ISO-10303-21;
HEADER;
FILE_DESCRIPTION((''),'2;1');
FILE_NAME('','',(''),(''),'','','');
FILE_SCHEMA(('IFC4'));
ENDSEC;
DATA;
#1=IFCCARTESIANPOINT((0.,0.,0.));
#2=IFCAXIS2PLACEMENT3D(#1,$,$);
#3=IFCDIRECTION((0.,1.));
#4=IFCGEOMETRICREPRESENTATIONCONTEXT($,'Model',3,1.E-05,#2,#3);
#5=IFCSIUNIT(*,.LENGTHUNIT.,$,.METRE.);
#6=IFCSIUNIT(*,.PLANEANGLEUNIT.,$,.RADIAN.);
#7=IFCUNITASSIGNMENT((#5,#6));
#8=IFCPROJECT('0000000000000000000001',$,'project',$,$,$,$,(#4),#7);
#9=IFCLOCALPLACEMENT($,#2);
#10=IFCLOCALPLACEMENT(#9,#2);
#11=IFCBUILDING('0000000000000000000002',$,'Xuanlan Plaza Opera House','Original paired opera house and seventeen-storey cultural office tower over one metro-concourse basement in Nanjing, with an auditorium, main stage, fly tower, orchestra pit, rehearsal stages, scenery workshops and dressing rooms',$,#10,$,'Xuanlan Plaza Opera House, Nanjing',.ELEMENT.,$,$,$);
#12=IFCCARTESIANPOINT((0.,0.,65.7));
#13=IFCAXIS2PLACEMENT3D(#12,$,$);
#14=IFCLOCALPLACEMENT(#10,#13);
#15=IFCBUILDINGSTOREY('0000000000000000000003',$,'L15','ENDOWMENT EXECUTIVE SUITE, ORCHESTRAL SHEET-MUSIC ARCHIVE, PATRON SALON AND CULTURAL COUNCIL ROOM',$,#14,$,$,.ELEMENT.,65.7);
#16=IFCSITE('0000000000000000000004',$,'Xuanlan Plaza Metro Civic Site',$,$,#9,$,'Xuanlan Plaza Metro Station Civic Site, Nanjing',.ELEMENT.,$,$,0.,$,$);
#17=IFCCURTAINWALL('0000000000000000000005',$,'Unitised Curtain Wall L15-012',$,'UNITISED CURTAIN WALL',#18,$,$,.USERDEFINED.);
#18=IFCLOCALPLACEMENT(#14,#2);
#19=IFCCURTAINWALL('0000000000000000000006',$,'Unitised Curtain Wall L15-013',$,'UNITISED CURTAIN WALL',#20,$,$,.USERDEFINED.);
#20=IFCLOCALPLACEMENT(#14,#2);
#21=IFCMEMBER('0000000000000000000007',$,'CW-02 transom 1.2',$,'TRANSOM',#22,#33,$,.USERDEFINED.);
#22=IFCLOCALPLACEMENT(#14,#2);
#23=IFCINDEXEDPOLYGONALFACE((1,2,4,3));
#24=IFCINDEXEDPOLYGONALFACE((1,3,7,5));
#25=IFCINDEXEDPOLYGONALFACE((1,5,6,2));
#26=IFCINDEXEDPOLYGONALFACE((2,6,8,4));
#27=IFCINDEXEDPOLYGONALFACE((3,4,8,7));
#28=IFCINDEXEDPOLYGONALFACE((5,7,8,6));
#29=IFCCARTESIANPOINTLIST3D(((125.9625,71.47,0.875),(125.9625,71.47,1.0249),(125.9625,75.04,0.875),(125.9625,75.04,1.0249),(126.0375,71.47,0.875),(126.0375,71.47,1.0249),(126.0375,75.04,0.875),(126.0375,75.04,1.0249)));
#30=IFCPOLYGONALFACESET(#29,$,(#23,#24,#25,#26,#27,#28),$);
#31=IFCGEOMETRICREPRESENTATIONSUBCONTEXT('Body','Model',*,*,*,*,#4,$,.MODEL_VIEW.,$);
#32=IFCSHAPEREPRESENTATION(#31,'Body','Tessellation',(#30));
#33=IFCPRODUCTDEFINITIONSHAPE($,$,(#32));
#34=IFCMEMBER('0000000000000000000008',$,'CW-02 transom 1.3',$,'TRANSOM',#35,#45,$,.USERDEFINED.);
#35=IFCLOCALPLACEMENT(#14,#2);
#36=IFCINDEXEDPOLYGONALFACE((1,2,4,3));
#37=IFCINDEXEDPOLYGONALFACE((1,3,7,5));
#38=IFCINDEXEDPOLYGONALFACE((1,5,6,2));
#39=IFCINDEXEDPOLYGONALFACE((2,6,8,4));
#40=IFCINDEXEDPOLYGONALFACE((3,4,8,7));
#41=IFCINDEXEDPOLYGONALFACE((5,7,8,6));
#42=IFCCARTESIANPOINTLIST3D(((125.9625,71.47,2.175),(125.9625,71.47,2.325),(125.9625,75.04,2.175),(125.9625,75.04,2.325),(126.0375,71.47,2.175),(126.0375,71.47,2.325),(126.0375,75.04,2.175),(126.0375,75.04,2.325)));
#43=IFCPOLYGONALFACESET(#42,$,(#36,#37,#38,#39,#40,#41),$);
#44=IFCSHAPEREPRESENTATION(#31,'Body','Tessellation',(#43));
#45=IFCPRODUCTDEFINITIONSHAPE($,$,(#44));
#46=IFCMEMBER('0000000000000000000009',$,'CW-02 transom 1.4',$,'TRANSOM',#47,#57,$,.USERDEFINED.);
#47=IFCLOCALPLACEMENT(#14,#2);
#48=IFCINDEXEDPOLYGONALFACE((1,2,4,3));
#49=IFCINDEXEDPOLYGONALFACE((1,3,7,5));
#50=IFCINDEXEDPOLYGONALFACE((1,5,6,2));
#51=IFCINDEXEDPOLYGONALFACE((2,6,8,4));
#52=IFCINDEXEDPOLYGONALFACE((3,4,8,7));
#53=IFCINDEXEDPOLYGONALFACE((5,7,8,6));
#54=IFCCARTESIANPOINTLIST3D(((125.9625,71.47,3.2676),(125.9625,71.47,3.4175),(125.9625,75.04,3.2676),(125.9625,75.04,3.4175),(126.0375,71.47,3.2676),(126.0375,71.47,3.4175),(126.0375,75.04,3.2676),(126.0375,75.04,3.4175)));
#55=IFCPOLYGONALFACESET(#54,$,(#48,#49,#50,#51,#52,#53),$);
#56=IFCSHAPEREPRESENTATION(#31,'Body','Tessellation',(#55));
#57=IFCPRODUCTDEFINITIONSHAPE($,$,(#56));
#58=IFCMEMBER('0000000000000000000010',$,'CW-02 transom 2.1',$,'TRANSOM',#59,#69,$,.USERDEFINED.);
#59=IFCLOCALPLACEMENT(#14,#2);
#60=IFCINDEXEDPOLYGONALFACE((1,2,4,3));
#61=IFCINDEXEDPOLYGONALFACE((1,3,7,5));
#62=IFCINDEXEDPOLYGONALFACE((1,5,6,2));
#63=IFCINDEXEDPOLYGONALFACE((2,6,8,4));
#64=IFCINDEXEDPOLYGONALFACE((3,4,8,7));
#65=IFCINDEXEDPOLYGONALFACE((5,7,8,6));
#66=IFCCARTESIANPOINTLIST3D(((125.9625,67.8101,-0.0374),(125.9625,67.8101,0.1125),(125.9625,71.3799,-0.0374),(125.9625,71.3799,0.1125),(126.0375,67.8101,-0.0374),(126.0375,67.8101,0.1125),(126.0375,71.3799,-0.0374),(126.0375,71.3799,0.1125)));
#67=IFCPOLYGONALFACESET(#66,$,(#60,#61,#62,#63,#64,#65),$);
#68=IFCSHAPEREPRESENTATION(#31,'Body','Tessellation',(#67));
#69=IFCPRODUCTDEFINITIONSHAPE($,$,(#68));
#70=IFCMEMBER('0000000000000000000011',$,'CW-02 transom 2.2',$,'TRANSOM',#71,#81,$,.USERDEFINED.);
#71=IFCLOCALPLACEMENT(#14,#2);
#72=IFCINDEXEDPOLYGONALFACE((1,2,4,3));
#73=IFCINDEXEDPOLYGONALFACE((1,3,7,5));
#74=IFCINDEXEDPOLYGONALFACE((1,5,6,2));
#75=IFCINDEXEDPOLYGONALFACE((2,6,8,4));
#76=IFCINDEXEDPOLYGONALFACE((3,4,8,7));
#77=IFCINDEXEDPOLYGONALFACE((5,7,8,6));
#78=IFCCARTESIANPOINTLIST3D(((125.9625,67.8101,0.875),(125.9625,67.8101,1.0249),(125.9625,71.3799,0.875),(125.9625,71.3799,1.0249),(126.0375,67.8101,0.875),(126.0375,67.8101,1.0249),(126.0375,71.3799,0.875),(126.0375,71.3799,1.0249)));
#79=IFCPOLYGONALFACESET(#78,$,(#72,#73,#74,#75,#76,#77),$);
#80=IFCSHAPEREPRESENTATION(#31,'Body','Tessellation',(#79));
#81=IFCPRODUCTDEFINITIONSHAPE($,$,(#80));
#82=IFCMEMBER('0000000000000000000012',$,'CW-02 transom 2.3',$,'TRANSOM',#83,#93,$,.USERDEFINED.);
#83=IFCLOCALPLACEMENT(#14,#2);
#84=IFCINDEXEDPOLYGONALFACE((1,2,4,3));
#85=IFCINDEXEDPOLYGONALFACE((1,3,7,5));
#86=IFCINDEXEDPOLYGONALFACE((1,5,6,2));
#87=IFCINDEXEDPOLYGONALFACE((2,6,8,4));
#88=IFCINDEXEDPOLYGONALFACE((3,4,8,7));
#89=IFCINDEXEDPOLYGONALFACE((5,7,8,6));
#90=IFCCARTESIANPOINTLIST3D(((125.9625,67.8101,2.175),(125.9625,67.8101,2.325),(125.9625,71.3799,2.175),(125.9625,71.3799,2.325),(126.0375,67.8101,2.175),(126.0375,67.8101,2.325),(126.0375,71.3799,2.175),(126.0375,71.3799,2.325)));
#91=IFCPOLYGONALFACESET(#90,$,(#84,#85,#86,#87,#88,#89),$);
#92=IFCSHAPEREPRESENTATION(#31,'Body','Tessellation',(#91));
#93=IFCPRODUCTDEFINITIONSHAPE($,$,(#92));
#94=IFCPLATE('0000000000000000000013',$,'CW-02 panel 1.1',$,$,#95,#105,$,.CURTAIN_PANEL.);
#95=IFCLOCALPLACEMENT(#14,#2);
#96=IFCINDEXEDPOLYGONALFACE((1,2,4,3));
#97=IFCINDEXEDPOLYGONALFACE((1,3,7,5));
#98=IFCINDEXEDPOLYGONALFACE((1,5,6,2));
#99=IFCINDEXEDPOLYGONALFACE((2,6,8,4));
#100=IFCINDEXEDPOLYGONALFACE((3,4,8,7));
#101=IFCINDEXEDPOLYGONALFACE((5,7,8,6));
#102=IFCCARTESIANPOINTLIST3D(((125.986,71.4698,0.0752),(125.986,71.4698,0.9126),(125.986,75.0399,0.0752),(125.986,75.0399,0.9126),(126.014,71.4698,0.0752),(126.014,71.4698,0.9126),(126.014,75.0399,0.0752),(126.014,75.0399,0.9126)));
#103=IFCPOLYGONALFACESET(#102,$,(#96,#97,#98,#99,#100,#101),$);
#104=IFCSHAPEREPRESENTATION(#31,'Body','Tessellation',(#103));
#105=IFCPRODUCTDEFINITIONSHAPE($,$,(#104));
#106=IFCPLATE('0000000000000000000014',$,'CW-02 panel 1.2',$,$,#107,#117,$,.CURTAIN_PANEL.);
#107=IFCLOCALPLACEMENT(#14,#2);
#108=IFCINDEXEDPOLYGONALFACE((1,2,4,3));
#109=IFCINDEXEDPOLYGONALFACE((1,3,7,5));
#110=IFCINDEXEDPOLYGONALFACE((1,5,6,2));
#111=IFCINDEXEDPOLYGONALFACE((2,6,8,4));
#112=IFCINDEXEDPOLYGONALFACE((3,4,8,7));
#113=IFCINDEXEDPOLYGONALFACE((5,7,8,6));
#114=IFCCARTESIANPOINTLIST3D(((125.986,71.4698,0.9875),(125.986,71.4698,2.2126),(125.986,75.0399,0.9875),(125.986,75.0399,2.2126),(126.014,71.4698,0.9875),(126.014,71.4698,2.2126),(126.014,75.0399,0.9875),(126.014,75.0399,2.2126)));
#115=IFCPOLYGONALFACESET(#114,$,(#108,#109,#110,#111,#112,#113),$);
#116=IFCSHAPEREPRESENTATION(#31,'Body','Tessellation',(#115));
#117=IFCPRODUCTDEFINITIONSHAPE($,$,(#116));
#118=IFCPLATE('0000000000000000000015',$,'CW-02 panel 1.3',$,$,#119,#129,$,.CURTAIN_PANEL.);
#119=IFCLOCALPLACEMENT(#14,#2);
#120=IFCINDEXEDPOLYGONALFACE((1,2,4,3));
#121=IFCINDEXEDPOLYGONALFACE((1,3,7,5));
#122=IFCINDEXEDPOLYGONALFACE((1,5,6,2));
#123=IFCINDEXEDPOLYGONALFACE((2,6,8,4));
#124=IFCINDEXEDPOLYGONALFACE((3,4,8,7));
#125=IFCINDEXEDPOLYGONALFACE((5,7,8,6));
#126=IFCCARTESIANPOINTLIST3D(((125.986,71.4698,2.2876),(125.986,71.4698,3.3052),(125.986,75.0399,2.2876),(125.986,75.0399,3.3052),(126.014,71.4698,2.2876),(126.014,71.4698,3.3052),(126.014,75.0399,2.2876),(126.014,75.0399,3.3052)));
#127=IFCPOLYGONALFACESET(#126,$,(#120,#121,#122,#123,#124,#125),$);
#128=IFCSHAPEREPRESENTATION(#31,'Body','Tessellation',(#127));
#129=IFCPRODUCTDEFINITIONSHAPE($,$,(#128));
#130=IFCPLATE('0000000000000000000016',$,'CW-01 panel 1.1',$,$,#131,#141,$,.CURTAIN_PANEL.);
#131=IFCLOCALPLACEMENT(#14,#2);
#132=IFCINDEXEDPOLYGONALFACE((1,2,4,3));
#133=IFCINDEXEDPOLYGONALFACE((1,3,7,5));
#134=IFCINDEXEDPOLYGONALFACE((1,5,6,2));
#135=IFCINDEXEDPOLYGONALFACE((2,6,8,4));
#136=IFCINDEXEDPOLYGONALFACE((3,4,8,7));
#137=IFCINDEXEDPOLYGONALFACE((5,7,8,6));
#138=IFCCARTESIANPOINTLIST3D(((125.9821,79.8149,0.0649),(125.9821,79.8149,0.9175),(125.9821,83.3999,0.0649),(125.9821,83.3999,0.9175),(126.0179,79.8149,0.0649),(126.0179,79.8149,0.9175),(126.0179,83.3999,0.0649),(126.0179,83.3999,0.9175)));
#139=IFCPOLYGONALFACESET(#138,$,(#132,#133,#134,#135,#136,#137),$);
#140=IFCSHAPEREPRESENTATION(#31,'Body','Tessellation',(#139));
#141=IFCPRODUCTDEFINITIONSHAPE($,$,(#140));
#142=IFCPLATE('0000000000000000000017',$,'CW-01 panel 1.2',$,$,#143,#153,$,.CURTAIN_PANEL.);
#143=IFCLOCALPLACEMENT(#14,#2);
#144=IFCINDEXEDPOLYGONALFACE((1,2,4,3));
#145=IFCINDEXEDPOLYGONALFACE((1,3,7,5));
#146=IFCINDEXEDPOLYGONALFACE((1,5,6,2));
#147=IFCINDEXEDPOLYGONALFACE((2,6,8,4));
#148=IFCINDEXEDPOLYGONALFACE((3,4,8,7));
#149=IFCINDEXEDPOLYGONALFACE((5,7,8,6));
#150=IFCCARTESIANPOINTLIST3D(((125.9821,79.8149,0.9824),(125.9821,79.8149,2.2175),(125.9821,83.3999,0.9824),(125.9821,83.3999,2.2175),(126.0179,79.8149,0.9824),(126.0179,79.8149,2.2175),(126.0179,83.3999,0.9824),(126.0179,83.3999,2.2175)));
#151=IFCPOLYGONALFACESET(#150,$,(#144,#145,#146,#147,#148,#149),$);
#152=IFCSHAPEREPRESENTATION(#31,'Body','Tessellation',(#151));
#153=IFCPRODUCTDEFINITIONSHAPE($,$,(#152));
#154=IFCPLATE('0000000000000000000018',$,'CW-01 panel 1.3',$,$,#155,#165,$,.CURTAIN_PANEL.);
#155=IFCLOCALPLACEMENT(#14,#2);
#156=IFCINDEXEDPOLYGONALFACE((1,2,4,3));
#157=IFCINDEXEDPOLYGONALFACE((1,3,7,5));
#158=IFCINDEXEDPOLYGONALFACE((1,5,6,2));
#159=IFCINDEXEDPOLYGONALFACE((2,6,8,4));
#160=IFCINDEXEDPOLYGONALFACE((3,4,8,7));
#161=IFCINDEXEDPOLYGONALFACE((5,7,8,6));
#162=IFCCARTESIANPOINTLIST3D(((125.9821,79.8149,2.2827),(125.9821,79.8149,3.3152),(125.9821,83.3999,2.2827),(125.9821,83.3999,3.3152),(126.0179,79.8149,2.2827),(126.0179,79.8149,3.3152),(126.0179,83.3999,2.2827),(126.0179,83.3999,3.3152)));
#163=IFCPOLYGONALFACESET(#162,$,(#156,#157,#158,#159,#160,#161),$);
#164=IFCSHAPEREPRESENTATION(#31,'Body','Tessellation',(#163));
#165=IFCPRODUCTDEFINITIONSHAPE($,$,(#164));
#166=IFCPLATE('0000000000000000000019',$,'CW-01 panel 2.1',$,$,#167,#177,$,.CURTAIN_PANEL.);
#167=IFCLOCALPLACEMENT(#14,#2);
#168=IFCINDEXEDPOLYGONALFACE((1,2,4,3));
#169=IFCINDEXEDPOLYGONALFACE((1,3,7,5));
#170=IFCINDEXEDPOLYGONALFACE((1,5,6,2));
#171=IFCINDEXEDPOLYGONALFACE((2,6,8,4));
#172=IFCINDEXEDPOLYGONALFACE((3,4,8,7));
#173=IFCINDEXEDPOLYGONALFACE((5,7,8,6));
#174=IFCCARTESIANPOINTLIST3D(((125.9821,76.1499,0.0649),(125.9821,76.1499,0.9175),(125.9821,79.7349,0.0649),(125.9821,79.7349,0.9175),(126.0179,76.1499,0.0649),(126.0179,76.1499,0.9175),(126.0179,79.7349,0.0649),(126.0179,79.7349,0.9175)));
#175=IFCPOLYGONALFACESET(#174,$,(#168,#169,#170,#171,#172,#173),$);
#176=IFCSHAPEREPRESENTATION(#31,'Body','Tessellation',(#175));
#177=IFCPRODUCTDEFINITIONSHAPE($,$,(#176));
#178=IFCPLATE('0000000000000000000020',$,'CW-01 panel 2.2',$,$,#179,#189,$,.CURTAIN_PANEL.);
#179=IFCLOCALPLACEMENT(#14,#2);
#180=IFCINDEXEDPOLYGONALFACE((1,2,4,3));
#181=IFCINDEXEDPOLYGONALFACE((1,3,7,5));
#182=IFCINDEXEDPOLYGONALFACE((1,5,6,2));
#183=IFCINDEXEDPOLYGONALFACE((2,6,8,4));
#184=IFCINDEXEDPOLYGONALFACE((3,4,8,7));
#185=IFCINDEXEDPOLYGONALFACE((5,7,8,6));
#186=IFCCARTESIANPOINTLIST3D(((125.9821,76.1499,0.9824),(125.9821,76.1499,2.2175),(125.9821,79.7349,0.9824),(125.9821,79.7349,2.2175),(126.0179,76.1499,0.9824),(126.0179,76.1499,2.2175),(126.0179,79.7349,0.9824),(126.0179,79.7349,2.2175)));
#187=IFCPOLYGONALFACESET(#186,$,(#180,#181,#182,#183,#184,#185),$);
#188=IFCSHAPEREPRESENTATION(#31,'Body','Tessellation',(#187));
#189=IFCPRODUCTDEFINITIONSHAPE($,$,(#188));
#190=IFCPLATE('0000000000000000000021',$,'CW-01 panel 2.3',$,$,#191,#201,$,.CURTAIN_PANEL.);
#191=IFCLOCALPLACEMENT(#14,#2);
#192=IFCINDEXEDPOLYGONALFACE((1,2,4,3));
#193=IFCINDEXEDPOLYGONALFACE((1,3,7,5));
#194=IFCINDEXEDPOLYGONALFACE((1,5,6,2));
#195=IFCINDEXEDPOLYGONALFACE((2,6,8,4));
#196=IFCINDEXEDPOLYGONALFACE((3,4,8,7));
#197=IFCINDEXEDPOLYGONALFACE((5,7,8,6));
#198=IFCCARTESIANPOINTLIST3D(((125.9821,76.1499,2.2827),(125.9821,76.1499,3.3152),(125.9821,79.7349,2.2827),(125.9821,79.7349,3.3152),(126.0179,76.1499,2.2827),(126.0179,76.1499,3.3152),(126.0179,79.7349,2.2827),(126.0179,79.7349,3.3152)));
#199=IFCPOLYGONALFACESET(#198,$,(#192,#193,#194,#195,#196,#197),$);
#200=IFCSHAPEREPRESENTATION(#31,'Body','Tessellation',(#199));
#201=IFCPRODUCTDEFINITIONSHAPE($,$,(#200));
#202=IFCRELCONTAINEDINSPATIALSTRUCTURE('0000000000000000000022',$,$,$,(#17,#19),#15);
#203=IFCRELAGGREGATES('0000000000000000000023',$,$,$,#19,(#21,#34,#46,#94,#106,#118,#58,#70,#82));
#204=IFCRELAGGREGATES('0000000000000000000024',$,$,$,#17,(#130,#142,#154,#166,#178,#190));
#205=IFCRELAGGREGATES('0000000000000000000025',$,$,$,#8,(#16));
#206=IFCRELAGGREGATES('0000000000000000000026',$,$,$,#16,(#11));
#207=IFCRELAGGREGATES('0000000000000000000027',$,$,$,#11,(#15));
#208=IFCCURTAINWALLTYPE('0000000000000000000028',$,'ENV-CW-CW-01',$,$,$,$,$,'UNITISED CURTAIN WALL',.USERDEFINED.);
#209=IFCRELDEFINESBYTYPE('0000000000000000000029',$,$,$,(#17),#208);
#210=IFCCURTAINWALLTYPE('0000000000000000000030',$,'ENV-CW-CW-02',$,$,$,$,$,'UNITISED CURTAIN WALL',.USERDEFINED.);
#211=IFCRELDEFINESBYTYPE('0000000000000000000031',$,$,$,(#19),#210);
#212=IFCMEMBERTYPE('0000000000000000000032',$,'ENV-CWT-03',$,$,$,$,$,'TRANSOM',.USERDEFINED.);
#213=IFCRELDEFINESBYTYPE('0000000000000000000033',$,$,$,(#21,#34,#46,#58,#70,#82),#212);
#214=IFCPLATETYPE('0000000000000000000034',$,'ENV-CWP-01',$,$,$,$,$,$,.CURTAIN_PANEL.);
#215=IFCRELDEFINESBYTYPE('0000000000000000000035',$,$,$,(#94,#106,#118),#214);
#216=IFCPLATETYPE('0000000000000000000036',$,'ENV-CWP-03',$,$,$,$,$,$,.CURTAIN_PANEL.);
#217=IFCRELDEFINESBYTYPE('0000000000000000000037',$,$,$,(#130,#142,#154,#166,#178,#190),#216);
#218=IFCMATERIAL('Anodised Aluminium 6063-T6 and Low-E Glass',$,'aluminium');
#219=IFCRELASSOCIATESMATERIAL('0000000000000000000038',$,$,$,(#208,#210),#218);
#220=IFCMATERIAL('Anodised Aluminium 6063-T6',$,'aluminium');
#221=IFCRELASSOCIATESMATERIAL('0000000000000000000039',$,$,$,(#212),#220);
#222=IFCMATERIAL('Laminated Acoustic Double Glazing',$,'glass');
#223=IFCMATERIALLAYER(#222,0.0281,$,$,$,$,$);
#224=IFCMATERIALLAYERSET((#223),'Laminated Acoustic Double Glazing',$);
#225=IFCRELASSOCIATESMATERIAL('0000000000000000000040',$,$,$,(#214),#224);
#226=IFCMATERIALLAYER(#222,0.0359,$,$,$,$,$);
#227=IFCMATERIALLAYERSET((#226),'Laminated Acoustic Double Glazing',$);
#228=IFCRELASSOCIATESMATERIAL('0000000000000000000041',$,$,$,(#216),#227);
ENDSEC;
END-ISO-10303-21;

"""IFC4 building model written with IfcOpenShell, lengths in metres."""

from ifc_helpers import new_model, si_unit, direction, frame, origin, origin_2d, place, context, subcontext, project, spatial, rectangle, extrude, material, layer, layer_set, material_profile, profile_set, type_object, element, aggregate, save


model = new_model("IFC4")

# Units and contexts
model_context = context("Model", 3, precision=1e-05, world=origin(), true_north=direction((0.0, 1.0)))
body_context = subcontext(model_context, "Body", "Model", "MODEL_VIEW")
ifc_project = project(units=[si_unit("LENGTHUNIT", "METRE"), si_unit("PLANEANGLEUNIT", "RADIAN")], contexts=[model_context])

# Site, building, storey
site_placement = place(None, origin())
site = spatial("IfcSite", under=ifc_project, at=site_placement, Name="Xuanlan Plaza Metro Civic Site", LongName="Xuanlan Plaza Metro Station Civic Site, Nanjing", CompositionType="ELEMENT", RefElevation=0.0)
building_placement = place(site_placement, origin())
building = spatial("IfcBuilding", under=site, at=building_placement, Name="Xuanlan Plaza Opera House", Description="Original paired opera house and seventeen-storey cultural office tower over one metro-concourse basement in Nanjing, with an auditorium, main stage, fly tower, orchestra pit, rehearsal stages, scenery workshops and dressing rooms", LongName="Xuanlan Plaza Opera House, Nanjing", CompositionType="ELEMENT")
storey_placement = place(building_placement, frame((0.0, 0.0, 65.7)))
storey = spatial("IfcBuildingStorey", under=building, at=storey_placement, Name="L15", Description="ENDOWMENT EXECUTIVE SUITE, ORCHESTRAL SHEET-MUSIC ARCHIVE, PATRON SALON AND CULTURAL COUNCIL ROOM", CompositionType="ELEMENT", Elevation=65.7)

# Curtain walls
ifc_material_1 = material(Name="Anodised Aluminium 6063-T6 and Low-E Glass", Category="aluminium")
curtain_wall_type_1 = type_object("IfcCurtainWallType", Name="ENV-CW-CW-01", ElementType="UNITISED CURTAIN WALL", PredefinedType="USERDEFINED", material=ifc_material_1)
curtain_wall_1_placement = place(storey_placement, origin())
curtain_wall_1 = element("IfcCurtainWall", 1, at=curtain_wall_1_placement, inside=storey, type_object=curtain_wall_type_1, Name="Unitised Curtain Wall L15-012", ObjectType="UNITISED CURTAIN WALL", PredefinedType="USERDEFINED")
ifc_material_2 = material(Name="Anodised Aluminium 6063-T6", Category="aluminium")
curtain_wall_type_2 = type_object("IfcCurtainWallType", Name="ENV-CW-CW-02", ElementType="UNITISED CURTAIN WALL", PredefinedType="USERDEFINED", material=ifc_material_1)
curtain_wall_2_placement = place(storey_placement, origin())
curtain_wall_2 = element("IfcCurtainWall", 2, at=curtain_wall_2_placement, inside=storey, type_object=curtain_wall_type_2, Name="Unitised Curtain Wall L15-013", ObjectType="UNITISED CURTAIN WALL", PredefinedType="USERDEFINED")

# Members
ifc_material_profile_1 = material_profile(ifc_material_2, rectangle(XDim=0.075, YDim=0.1499, at=origin_2d()), Name="ALU-T 75x150")
ifc_profile_set_1 = profile_set([ifc_material_profile_1], Name="Anodised Aluminium 6063-T6")
member_type_1 = type_object("IfcMemberType", Name="ENV-CWT-03", ElementType="TRANSOM", PredefinedType="USERDEFINED", material=ifc_profile_set_1)
member_1_placement = place(storey_placement, frame((126.0, 75.04, 0.95), z_axis=(0.0, -1.0, 0.0), x_axis=(1.0, 0.0, 0.0)))
member_1 = element("IfcMember", 3, at=member_1_placement, type_object=member_type_1, Name="CW-02 transom 1.2", ObjectType="TRANSOM", PredefinedType="USERDEFINED", context=body_context, shape_type="SweptSolid", body=[
    extrude(rectangle(XDim=0.075, YDim=0.1499, at=origin_2d()), origin(), (0.0, 0.0, 1.0), 3.5701),
])
member_2_placement = place(storey_placement, frame((126.0, 75.04, 2.25), z_axis=(0.0, -1.0, 0.0), x_axis=(1.0, 0.0, 0.0)))
member_2 = element("IfcMember", 4, at=member_2_placement, type_object=member_type_1, Name="CW-02 transom 1.3", ObjectType="TRANSOM", PredefinedType="USERDEFINED", context=body_context, shape_type="SweptSolid", body=[
    extrude(rectangle(XDim=0.075, YDim=0.1499, at=origin_2d()), origin(), (0.0, 0.0, 1.0), 3.5701),
])
member_3_placement = place(storey_placement, frame((126.0, 75.04, 3.3425), z_axis=(0.0, -1.0, 0.0), x_axis=(1.0, 0.0, 0.0)))
member_3 = element("IfcMember", 5, at=member_3_placement, type_object=member_type_1, Name="CW-02 transom 1.4", ObjectType="TRANSOM", PredefinedType="USERDEFINED", context=body_context, shape_type="SweptSolid", body=[
    extrude(rectangle(XDim=0.075, YDim=0.1499, at=origin_2d()), origin(), (0.0, 0.0, 1.0), 3.5701),
])
member_4_placement = place(storey_placement, frame((126.0, 71.3799, 0.0376), z_axis=(0.0, -1.0, 0.0), x_axis=(1.0, 0.0, 0.0)))
member_4 = element("IfcMember", 6, at=member_4_placement, type_object=member_type_1, Name="CW-02 transom 2.1", ObjectType="TRANSOM", PredefinedType="USERDEFINED", context=body_context, shape_type="SweptSolid", body=[
    extrude(rectangle(XDim=0.075, YDim=0.1499, at=origin_2d()), origin(), (0.0, 0.0, 1.0), 3.5698),
])
member_5_placement = place(storey_placement, frame((126.0, 71.3799, 0.95), z_axis=(0.0, -1.0, 0.0), x_axis=(1.0, 0.0, 0.0)))
member_5 = element("IfcMember", 7, at=member_5_placement, type_object=member_type_1, Name="CW-02 transom 2.2", ObjectType="TRANSOM", PredefinedType="USERDEFINED", context=body_context, shape_type="SweptSolid", body=[
    extrude(rectangle(XDim=0.075, YDim=0.1499, at=origin_2d()), origin(), (0.0, 0.0, 1.0), 3.5698),
])
member_6_placement = place(storey_placement, frame((126.0, 71.3799, 2.25), z_axis=(0.0, -1.0, 0.0), x_axis=(1.0, 0.0, 0.0)))
member_6 = element("IfcMember", 8, at=member_6_placement, type_object=member_type_1, Name="CW-02 transom 2.3", ObjectType="TRANSOM", PredefinedType="USERDEFINED", context=body_context, shape_type="SweptSolid", body=[
    extrude(rectangle(XDim=0.075, YDim=0.1499, at=origin_2d()), origin(), (0.0, 0.0, 1.0), 3.5698),
])

# Plates
ifc_material_3 = material(Name="Laminated Acoustic Double Glazing", Category="glass")
ifc_layer_1 = layer(ifc_material_3, 0.0281)
ifc_layer_set_1 = layer_set([ifc_layer_1], Name="Laminated Acoustic Double Glazing")
plate_type_1 = type_object("IfcPlateType", Name="ENV-CWP-01", PredefinedType="CURTAIN_PANEL", material=ifc_layer_set_1)
plate_1_placement = place(storey_placement, frame((126.0, 73.2549, 0.0752), z_axis=(0.0, 0.0, 1.0), x_axis=(0.0, -1.0, 0.0)))
plate_1 = element("IfcPlate", 9, at=plate_1_placement, type_object=plate_type_1, Name="CW-02 panel 1.1", PredefinedType="CURTAIN_PANEL", context=body_context, shape_type="SweptSolid", body=[
    extrude(rectangle(XDim=3.5701, YDim=0.0281, at=origin_2d()), origin(), (0.0, 0.0, 1.0), 0.8374),
])
plate_2_placement = place(storey_placement, frame((126.0, 73.2549, 0.9875), z_axis=(0.0, 0.0, 1.0), x_axis=(0.0, -1.0, 0.0)))
plate_2 = element("IfcPlate", 10, at=plate_2_placement, type_object=plate_type_1, Name="CW-02 panel 1.2", PredefinedType="CURTAIN_PANEL", context=body_context, shape_type="SweptSolid", body=[
    extrude(rectangle(XDim=3.5701, YDim=0.0281, at=origin_2d()), origin(), (0.0, 0.0, 1.0), 1.2251),
])
plate_3_placement = place(storey_placement, frame((126.0, 73.2549, 2.2876), z_axis=(0.0, 0.0, 1.0), x_axis=(0.0, -1.0, 0.0)))
plate_3 = element("IfcPlate", 11, at=plate_3_placement, type_object=plate_type_1, Name="CW-02 panel 1.3", PredefinedType="CURTAIN_PANEL", context=body_context, shape_type="SweptSolid", body=[
    extrude(rectangle(XDim=3.5701, YDim=0.0281, at=origin_2d()), origin(), (0.0, 0.0, 1.0), 1.0176),
])
aggregate(curtain_wall_2, [member_1, member_2, member_3, plate_1, plate_2, plate_3, member_4, member_5, member_6])
ifc_layer_2 = layer(ifc_material_3, 0.0359)
ifc_layer_set_2 = layer_set([ifc_layer_2], Name="Laminated Acoustic Double Glazing")
plate_type_2 = type_object("IfcPlateType", Name="ENV-CWP-03", PredefinedType="CURTAIN_PANEL", material=ifc_layer_set_2)
plate_4_placement = place(storey_placement, frame((126.0, 81.6074, 0.0649), z_axis=(0.0, 0.0, 1.0), x_axis=(0.0, -1.0, 0.0)))
plate_4 = element("IfcPlate", 12, at=plate_4_placement, type_object=plate_type_2, Name="CW-01 panel 1.1", PredefinedType="CURTAIN_PANEL", context=body_context, shape_type="SweptSolid", body=[
    extrude(rectangle(XDim=3.585, YDim=0.0359, at=origin_2d()), origin(), (0.0, 0.0, 1.0), 0.8525),
])
plate_5_placement = place(storey_placement, frame((126.0, 81.6074, 0.9824), z_axis=(0.0, 0.0, 1.0), x_axis=(0.0, -1.0, 0.0)))
plate_5 = element("IfcPlate", 13, at=plate_5_placement, type_object=plate_type_2, Name="CW-01 panel 1.2", PredefinedType="CURTAIN_PANEL", context=body_context, shape_type="SweptSolid", body=[
    extrude(rectangle(XDim=3.585, YDim=0.0359, at=origin_2d()), origin(), (0.0, 0.0, 1.0), 1.2351),
])
plate_6_placement = place(storey_placement, frame((126.0, 81.6074, 2.2827), z_axis=(0.0, 0.0, 1.0), x_axis=(0.0, -1.0, 0.0)))
plate_6 = element("IfcPlate", 14, at=plate_6_placement, type_object=plate_type_2, Name="CW-01 panel 1.3", PredefinedType="CURTAIN_PANEL", context=body_context, shape_type="SweptSolid", body=[
    extrude(rectangle(XDim=3.585, YDim=0.0359, at=origin_2d()), origin(), (0.0, 0.0, 1.0), 1.0325),
])
plate_7_placement = place(storey_placement, frame((126.0, 77.9424, 0.0649), z_axis=(0.0, 0.0, 1.0), x_axis=(0.0, -1.0, 0.0)))
plate_7 = element("IfcPlate", 15, at=plate_7_placement, type_object=plate_type_2, Name="CW-01 panel 2.1", PredefinedType="CURTAIN_PANEL", context=body_context, shape_type="SweptSolid", body=[
    extrude(rectangle(XDim=3.585, YDim=0.0359, at=origin_2d()), origin(), (0.0, 0.0, 1.0), 0.8525),
])
plate_8_placement = place(storey_placement, frame((126.0, 77.9424, 0.9824), z_axis=(0.0, 0.0, 1.0), x_axis=(0.0, -1.0, 0.0)))
plate_8 = element("IfcPlate", 16, at=plate_8_placement, type_object=plate_type_2, Name="CW-01 panel 2.2", PredefinedType="CURTAIN_PANEL", context=body_context, shape_type="SweptSolid", body=[
    extrude(rectangle(XDim=3.585, YDim=0.0359, at=origin_2d()), origin(), (0.0, 0.0, 1.0), 1.2351),
])
plate_9_placement = place(storey_placement, frame((126.0, 77.9424, 2.2827), z_axis=(0.0, 0.0, 1.0), x_axis=(0.0, -1.0, 0.0)))
plate_9 = element("IfcPlate", 17, at=plate_9_placement, type_object=plate_type_2, Name="CW-01 panel 2.3", PredefinedType="CURTAIN_PANEL", context=body_context, shape_type="SweptSolid", body=[
    extrude(rectangle(XDim=3.585, YDim=0.0359, at=origin_2d()), origin(), (0.0, 0.0, 1.0), 1.0325),
])
aggregate(curtain_wall_1, [plate_4, plate_5, plate_6, plate_7, plate_8, plate_9])

save(model, "model.ifc")
